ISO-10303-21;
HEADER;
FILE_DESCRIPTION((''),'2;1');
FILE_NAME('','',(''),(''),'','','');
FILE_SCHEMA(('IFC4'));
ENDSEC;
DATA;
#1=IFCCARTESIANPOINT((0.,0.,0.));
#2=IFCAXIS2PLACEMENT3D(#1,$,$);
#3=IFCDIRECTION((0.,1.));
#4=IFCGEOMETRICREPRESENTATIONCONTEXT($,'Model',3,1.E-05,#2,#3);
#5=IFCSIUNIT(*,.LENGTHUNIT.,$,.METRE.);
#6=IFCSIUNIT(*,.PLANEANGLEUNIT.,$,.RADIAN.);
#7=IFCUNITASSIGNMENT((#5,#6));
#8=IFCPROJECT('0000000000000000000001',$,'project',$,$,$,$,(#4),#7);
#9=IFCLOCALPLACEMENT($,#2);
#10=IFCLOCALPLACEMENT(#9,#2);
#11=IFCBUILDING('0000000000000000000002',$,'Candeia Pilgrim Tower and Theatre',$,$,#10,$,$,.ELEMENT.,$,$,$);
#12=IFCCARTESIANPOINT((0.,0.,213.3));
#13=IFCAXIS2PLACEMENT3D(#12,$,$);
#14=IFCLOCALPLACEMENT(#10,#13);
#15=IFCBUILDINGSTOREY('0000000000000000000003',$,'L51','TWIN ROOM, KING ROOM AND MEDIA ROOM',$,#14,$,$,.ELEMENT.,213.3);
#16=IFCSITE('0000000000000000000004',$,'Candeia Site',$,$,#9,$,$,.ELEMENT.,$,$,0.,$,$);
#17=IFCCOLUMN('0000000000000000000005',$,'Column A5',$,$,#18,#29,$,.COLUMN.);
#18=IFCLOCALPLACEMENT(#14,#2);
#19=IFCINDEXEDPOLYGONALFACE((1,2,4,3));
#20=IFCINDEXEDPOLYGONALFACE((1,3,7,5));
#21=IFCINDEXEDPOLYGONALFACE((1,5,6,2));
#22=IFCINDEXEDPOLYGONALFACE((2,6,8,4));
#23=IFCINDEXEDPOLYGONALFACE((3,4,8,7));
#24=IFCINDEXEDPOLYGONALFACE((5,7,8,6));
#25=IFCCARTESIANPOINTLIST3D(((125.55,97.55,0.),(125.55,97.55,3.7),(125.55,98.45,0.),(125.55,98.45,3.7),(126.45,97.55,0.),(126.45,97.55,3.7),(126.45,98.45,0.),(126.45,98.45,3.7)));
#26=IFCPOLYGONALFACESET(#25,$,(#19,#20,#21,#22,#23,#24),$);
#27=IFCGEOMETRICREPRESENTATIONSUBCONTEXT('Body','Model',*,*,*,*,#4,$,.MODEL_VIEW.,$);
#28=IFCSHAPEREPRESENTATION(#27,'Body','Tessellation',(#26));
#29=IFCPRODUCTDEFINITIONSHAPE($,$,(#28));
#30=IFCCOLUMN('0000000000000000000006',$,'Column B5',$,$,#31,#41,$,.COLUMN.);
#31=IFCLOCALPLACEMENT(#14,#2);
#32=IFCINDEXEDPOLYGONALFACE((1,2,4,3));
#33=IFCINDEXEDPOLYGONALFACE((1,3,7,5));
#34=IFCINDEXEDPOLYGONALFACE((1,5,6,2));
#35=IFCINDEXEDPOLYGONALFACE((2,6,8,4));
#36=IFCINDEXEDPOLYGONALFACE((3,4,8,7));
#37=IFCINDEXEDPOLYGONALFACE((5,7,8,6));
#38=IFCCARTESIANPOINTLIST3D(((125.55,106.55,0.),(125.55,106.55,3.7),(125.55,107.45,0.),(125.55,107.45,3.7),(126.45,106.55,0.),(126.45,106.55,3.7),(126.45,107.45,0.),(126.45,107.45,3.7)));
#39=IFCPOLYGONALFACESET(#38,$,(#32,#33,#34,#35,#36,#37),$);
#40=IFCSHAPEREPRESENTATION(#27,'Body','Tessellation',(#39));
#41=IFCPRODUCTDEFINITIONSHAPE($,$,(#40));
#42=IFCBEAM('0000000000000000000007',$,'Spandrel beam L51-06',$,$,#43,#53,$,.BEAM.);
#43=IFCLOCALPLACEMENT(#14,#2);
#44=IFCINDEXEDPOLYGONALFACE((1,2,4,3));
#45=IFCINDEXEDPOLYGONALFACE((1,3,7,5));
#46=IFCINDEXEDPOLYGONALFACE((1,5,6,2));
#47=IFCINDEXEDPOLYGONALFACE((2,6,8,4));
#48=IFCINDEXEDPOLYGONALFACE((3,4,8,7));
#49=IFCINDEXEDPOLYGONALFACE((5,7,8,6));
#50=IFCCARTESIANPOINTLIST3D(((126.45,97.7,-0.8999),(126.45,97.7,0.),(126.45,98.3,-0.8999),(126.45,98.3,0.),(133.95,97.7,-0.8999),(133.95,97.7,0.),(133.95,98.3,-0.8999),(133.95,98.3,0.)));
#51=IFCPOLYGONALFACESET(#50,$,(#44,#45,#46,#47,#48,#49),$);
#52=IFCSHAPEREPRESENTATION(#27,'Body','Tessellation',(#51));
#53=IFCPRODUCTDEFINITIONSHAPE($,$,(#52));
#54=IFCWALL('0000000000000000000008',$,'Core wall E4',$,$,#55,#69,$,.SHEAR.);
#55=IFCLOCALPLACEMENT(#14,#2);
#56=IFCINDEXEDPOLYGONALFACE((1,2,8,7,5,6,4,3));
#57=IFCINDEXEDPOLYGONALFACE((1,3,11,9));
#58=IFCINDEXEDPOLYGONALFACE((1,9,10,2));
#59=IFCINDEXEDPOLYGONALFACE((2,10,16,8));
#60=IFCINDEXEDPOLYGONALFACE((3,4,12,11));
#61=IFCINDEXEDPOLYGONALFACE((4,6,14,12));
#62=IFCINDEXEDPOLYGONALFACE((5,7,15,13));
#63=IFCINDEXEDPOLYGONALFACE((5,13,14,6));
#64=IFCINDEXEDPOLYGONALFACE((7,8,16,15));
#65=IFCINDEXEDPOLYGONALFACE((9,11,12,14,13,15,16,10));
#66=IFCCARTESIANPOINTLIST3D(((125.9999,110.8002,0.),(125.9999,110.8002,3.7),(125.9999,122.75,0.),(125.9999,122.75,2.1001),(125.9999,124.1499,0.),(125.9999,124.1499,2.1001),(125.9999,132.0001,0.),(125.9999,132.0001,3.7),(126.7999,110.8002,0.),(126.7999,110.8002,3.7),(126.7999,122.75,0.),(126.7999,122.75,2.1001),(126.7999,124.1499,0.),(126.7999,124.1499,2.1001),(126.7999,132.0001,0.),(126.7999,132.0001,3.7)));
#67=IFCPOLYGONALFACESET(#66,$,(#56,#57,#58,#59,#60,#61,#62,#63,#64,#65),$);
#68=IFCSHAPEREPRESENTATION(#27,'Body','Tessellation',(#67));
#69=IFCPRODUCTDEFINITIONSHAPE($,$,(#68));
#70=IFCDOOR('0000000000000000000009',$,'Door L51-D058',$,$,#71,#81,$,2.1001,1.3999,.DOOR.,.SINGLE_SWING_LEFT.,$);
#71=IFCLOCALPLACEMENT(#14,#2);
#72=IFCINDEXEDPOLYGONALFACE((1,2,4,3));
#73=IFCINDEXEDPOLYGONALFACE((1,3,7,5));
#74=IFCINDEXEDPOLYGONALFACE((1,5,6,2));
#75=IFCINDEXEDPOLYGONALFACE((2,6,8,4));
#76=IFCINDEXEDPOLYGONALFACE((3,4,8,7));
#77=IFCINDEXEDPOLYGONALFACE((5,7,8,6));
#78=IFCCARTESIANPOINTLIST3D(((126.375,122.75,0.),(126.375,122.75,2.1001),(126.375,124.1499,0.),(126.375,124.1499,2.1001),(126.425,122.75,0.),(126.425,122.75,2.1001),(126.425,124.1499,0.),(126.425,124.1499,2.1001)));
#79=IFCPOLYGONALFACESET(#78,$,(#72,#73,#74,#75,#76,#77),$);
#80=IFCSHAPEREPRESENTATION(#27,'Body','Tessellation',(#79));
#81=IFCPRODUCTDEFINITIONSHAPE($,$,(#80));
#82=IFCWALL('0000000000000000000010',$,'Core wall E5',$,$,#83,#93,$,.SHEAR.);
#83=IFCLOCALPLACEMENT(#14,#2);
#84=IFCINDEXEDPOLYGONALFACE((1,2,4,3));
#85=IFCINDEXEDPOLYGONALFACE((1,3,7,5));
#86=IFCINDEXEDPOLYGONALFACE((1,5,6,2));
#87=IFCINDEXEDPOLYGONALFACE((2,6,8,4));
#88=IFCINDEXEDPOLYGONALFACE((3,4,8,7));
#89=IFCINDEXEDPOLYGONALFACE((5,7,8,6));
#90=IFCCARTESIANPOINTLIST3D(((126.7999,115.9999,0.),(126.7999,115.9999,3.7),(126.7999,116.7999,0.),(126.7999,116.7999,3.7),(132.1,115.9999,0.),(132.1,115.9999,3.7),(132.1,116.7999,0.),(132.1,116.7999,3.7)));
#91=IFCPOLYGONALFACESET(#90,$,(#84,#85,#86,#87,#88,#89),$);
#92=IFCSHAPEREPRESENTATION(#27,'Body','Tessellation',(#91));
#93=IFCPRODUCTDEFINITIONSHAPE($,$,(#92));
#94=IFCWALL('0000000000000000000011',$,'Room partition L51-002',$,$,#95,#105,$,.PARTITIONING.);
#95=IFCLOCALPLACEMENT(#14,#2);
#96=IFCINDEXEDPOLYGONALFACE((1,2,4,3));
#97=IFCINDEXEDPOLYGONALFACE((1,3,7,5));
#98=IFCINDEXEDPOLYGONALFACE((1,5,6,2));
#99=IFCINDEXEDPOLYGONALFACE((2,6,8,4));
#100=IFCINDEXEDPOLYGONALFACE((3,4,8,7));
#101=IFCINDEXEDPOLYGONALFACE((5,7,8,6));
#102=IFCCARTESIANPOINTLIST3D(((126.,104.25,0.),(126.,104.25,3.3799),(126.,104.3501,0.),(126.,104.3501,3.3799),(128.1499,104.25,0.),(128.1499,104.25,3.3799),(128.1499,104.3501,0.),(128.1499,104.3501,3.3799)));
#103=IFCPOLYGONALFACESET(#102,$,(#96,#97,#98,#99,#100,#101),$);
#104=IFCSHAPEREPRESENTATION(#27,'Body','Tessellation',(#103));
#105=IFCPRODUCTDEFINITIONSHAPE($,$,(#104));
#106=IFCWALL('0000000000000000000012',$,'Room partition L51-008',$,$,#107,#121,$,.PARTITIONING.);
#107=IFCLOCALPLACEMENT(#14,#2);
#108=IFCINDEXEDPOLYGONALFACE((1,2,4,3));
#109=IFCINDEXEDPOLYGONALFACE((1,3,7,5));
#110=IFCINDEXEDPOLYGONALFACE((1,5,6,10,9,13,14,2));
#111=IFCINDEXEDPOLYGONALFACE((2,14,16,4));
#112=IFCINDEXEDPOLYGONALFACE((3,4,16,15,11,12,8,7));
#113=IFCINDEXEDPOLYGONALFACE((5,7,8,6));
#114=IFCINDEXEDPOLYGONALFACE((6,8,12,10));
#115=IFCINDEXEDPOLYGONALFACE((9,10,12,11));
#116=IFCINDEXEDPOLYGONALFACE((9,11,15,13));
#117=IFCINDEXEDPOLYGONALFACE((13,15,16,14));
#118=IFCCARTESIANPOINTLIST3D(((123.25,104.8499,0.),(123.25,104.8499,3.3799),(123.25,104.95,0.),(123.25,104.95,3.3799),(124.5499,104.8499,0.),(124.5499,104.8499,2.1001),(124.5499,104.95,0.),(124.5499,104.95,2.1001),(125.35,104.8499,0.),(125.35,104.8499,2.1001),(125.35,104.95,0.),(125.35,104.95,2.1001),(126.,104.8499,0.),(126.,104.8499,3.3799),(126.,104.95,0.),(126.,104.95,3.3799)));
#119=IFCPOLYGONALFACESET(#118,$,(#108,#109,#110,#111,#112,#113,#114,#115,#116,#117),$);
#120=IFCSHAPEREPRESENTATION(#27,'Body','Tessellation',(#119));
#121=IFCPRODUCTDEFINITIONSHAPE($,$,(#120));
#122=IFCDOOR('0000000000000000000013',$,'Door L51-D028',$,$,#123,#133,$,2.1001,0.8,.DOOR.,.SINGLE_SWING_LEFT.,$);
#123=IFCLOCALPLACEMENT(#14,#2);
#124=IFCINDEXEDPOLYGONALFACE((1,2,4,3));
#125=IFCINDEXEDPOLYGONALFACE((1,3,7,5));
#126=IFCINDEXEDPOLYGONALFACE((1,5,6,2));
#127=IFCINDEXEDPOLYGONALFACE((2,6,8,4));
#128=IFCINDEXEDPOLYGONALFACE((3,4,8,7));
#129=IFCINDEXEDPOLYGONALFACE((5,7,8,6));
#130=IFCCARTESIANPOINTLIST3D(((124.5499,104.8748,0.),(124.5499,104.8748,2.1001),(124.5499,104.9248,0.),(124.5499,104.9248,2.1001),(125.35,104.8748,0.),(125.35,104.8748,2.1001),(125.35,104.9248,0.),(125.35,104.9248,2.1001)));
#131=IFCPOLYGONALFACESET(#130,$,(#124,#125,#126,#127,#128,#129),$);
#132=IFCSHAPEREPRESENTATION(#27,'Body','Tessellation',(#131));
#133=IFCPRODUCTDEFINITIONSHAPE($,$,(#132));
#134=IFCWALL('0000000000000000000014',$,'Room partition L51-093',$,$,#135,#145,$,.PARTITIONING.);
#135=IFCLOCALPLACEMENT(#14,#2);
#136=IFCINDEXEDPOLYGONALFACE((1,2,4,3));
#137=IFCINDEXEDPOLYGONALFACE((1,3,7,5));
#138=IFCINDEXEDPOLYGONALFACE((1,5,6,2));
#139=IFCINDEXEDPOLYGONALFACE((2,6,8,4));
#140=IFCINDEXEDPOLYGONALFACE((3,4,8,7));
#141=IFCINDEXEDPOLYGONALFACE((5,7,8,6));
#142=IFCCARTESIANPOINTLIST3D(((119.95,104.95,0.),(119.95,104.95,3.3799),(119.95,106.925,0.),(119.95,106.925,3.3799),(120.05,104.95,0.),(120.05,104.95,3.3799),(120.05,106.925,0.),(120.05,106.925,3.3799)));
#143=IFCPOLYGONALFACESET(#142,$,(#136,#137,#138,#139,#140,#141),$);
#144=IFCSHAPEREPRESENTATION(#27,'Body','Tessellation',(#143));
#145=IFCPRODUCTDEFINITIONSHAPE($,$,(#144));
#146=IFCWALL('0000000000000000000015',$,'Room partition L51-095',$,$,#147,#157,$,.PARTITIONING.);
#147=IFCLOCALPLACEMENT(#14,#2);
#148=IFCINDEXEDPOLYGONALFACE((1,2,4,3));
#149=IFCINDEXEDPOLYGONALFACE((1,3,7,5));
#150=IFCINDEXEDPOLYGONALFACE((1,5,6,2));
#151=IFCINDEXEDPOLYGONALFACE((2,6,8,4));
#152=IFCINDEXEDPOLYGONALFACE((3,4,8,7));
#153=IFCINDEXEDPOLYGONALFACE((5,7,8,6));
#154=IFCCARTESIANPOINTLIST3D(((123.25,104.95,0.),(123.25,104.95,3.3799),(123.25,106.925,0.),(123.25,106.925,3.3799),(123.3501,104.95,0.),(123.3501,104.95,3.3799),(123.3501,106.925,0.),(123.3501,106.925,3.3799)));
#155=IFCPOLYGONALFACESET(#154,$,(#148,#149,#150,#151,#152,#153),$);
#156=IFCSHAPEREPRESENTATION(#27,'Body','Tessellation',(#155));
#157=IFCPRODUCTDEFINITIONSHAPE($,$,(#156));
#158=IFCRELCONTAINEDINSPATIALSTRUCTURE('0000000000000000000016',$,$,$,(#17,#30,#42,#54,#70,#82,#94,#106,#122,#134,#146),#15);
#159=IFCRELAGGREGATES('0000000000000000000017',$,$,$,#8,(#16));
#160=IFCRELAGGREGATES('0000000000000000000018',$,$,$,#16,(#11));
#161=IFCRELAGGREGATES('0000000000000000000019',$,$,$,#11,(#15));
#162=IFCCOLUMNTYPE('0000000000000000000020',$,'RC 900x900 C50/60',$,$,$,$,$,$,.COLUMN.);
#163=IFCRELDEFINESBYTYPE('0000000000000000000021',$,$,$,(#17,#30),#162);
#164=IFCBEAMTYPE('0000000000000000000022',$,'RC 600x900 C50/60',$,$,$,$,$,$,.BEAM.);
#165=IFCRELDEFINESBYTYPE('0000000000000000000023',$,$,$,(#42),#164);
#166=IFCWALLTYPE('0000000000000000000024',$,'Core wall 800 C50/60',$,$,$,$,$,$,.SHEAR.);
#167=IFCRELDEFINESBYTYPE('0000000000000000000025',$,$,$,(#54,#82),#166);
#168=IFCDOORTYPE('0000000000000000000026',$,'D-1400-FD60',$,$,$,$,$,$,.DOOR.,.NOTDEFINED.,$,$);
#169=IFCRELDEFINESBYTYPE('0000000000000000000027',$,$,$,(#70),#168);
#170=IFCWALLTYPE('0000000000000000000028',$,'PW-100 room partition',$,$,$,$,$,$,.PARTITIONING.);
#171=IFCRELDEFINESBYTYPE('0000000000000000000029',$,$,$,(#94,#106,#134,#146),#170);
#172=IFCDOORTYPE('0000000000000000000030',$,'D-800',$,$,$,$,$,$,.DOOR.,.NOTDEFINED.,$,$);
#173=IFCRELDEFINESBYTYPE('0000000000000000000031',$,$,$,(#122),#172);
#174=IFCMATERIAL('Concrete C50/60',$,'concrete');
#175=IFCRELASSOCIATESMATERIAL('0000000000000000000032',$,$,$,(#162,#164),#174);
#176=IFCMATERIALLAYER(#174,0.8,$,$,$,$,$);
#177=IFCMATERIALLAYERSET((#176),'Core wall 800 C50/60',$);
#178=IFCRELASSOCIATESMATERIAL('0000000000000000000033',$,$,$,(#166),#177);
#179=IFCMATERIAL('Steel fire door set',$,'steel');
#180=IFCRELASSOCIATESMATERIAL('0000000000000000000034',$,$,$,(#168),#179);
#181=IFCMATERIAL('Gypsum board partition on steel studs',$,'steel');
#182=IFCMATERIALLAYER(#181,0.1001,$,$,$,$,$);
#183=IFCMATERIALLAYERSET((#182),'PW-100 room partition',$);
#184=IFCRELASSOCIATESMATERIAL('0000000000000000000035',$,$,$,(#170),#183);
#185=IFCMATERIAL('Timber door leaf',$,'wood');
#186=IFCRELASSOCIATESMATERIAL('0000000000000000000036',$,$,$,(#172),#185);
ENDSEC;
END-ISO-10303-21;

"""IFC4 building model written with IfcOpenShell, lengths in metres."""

from ifc_helpers import new_model, si_unit, direction, frame, frame_2d, origin, origin_2d, place, context, subcontext, project, spatial, rectangle, extrude, material, layer, layer_set, material_profile, profile_set, type_object, element, fill, save


model = new_model("IFC4")

# Units and contexts
model_context = context("Model", 3, precision=1e-05, world=origin(), true_north=direction((0.0, 1.0)))
body_context = subcontext(model_context, "Body", "Model", "MODEL_VIEW")
ifc_project = project(units=[si_unit("LENGTHUNIT", "METRE"), si_unit("PLANEANGLEUNIT", "RADIAN")], contexts=[model_context])

# Site, building, storey
site_placement = place(None, origin())
site = spatial("IfcSite", under=ifc_project, at=site_placement, Name="Candeia Site", CompositionType="ELEMENT", RefElevation=0.0)
building_placement = place(site_placement, origin())
building = spatial("IfcBuilding", under=site, at=building_placement, Name="Candeia Pilgrim Tower and Theatre", CompositionType="ELEMENT")
storey_placement = place(building_placement, frame((0.0, 0.0, 213.3)))
storey = spatial("IfcBuildingStorey", under=building, at=storey_placement, Name="L51", Description="TWIN ROOM, KING ROOM AND MEDIA ROOM", CompositionType="ELEMENT", Elevation=213.3)

# Columns
ifc_material_1 = material(Name="Concrete C50/60", Category="concrete")
ifc_material_profile_1 = material_profile(ifc_material_1, rectangle(XDim=0.8999, YDim=0.8999, at=origin_2d()))
ifc_profile_set_1 = profile_set([ifc_material_profile_1], Name="Concrete C50/60")
column_type = type_object("IfcColumnType", Name="RC 900x900 C50/60", PredefinedType="COLUMN", material=ifc_profile_set_1)
for number, where, z_axis, x_axis, name in (
    (1, (126.0, 98.0, 0.0), (0.0, 0.0, 1.0), (1.0, 0.0, 0.0), "Column A5"),
    (2, (126.0, 107.0, 0.0), (0.0, 0.0, 1.0), (1.0, 0.0, 0.0), "Column B5"),
):
    element("IfcColumn", number, at=place(storey_placement, frame(where, z_axis=z_axis, x_axis=x_axis)), inside=storey, type_object=column_type, Name=name, PredefinedType="COLUMN", context=body_context, shape_type="SweptSolid", body=[
        extrude(rectangle(XDim=0.8999, YDim=0.8999, at=origin_2d()), origin(), (0.0, 0.0, 1.0), 3.7),
    ])

# Beam
ifc_material_profile_2 = material_profile(ifc_material_1, rectangle(XDim=0.6001, YDim=0.8999, at=origin_2d()))
ifc_profile_set_2 = profile_set([ifc_material_profile_2], Name="Concrete C50/60")
beam_type = type_object("IfcBeamType", Name="RC 600x900 C50/60", PredefinedType="BEAM", material=ifc_profile_set_2)
beam_placement = place(storey_placement, frame((126.45, 98.0, -0.45), z_axis=(1.0, 0.0, 0.0), x_axis=(0.0, 1.0, 0.0)))
element("IfcBeam", 3, at=beam_placement, inside=storey, type_object=beam_type, Name="Spandrel beam L51-06", PredefinedType="BEAM", context=body_context, shape_type="SweptSolid", body=[
    extrude(rectangle(XDim=0.6001, YDim=0.8999, at=origin_2d()), origin(), (0.0, 0.0, 1.0), 7.5),
])

# Wall, opening, door
ifc_layer_1 = layer(ifc_material_1, 0.8)
ifc_layer_set_1 = layer_set([ifc_layer_1], Name="Core wall 800 C50/60")
wall_type_1 = type_object("IfcWallType", Name="Core wall 800 C50/60", PredefinedType="SHEAR", material=ifc_layer_set_1)
wall_1_placement = place(storey_placement, frame((126.3999, 110.8, 0.0), z_axis=(0.0, 0.0, 1.0), x_axis=(0.0, 1.0, 0.0)))
wall_1 = element("IfcWall", 4, at=wall_1_placement, inside=storey, type_object=wall_type_1, Name="Core wall E4", PredefinedType="SHEAR", context=body_context, shape_type="SweptSolid", body=[
    extrude(rectangle(XDim=21.2, YDim=0.8, at=frame_2d((10.6001, 0.0))), origin(), (0.0, 0.0, 1.0), 3.7),
])
opening_1_placement = place(wall_1_placement, frame((11.95, 0.0, 0.0)))
opening_1 = element("IfcOpeningElement", 5, at=opening_1_placement, cuts=wall_1, PredefinedType="OPENING", context=body_context, shape_type="SweptSolid", body=[
    extrude(rectangle(XDim=1.3999, YDim=2.1001, at=frame_2d((0.7, 1.05))), frame((0.0, 0.4102, 0.0), z_axis=(0.0, -1.0, 0.0), x_axis=(1.0, 0.0, 0.0)), (0.0, 0.0, 1.0), 0.8201),
])
ifc_material_2 = material(Name="Steel fire door set", Category="steel")
door_type_1 = type_object("IfcDoorType", Name="D-1400-FD60", OperationType="NOTDEFINED", PredefinedType="DOOR", material=ifc_material_2)
door_1_placement = place(opening_1_placement, origin())
door_1 = element("IfcDoor", 6, at=door_1_placement, inside=storey, type_object=door_type_1, Name="Door L51-D058", OperationType="SINGLE_SWING_LEFT", OverallHeight=2.1001, OverallWidth=1.3999, PredefinedType="DOOR", context=body_context, shape_type="SweptSolid", body=[
    extrude(rectangle(XDim=1.3999, YDim=2.1001, at=frame_2d((0.7, 1.05))), frame((0.0, 0.0249, 0.0), z_axis=(0.0, -1.0, 0.0), x_axis=(1.0, 0.0, 0.0)), (0.0, 0.0, 1.0), 0.05),
])
fill(opening_1, door_1)

# Walls
wall_2_placement = place(storey_placement, frame((126.8, 116.3999, 0.0), z_axis=(0.0, 0.0, 1.0), x_axis=(1.0, 0.0, 0.0)))
element("IfcWall", 7, at=wall_2_placement, inside=storey, type_object=wall_type_1, Name="Core wall E5", PredefinedType="SHEAR", context=body_context, shape_type="SweptSolid", body=[
    extrude(rectangle(XDim=5.3, YDim=0.8, at=frame_2d((2.6499, 0.0))), origin(), (0.0, 0.0, 1.0), 3.7),
])
ifc_material_3 = material(Name="Gypsum board partition on steel studs", Category="steel")
ifc_layer_2 = layer(ifc_material_3, 0.1001)
ifc_layer_set_2 = layer_set([ifc_layer_2], Name="PW-100 room partition")
wall_type_2 = type_object("IfcWallType", Name="PW-100 room partition", PredefinedType="PARTITIONING", material=ifc_layer_set_2)
wall_3_placement = place(storey_placement, frame((126.0, 104.3, 0.0), z_axis=(0.0, 0.0, 1.0), x_axis=(1.0, 0.0, 0.0)))
element("IfcWall", 8, at=wall_3_placement, inside=storey, type_object=wall_type_2, Name="Room partition L51-002", PredefinedType="PARTITIONING", context=body_context, shape_type="SweptSolid", body=[
    extrude(rectangle(XDim=2.1499, YDim=0.1001, at=frame_2d((1.075, 0.0))), origin(), (0.0, 0.0, 1.0), 3.3799),
])

# Wall, opening, door
wall_4_placement = place(storey_placement, frame((123.25, 104.8999, 0.0), z_axis=(0.0, 0.0, 1.0), x_axis=(1.0, 0.0, 0.0)))
wall_4 = element("IfcWall", 9, at=wall_4_placement, inside=storey, type_object=wall_type_2, Name="Room partition L51-008", PredefinedType="PARTITIONING", context=body_context, shape_type="SweptSolid", body=[
    extrude(rectangle(XDim=2.75, YDim=0.1001, at=frame_2d((1.375, 0.0))), origin(), (0.0, 0.0, 1.0), 3.3799),
])
opening_2_placement = place(wall_4_placement, frame((1.3, 0.0, 0.0)))
opening_2 = element("IfcOpeningElement", 10, at=opening_2_placement, cuts=wall_4, PredefinedType="OPENING", context=body_context, shape_type="SweptSolid", body=[
    extrude(rectangle(XDim=0.8, YDim=2.1001, at=frame_2d((0.3999, 1.05))), frame((0.0, 0.0601, 0.0), z_axis=(0.0, -1.0, 0.0), x_axis=(1.0, 0.0, 0.0)), (0.0, 0.0, 1.0), 0.1201),
])
ifc_material_4 = material(Name="Timber door leaf", Category="wood")
door_type_2 = type_object("IfcDoorType", Name="D-800", OperationType="NOTDEFINED", PredefinedType="DOOR", material=ifc_material_4)
door_2_placement = place(opening_2_placement, origin())
door_2 = element("IfcDoor", 11, at=door_2_placement, inside=storey, type_object=door_type_2, Name="Door L51-D028", OperationType="SINGLE_SWING_LEFT", OverallHeight=2.1001, OverallWidth=0.8, PredefinedType="DOOR", context=body_context, shape_type="SweptSolid", body=[
    extrude(rectangle(XDim=0.8, YDim=2.1001, at=frame_2d((0.3999, 1.05))), frame((0.0, 0.0249, 0.0), z_axis=(0.0, -1.0, 0.0), x_axis=(1.0, 0.0, 0.0)), (0.0, 0.0, 1.0), 0.05),
])
fill(opening_2, door_2)

# Walls
for number, where, z_axis, x_axis, name in (
    (12, (120.0, 104.95, 0.0), (0.0, 0.0, 1.0), (0.0, 1.0, 0.0), "Room partition L51-093"),
    (13, (123.3, 104.95, 0.0), (0.0, 0.0, 1.0), (0.0, 1.0, 0.0), "Room partition L51-095"),
):
    element("IfcWall", number, at=place(storey_placement, frame(where, z_axis=z_axis, x_axis=x_axis)), inside=storey, type_object=wall_type_2, Name=name, PredefinedType="PARTITIONING", context=body_context, shape_type="SweptSolid", body=[
        extrude(rectangle(XDim=1.9751, YDim=0.1001, at=frame_2d((0.9875, 0.0))), origin(), (0.0, 0.0, 1.0), 3.3799),
    ])

save(model, "model.ifc")
